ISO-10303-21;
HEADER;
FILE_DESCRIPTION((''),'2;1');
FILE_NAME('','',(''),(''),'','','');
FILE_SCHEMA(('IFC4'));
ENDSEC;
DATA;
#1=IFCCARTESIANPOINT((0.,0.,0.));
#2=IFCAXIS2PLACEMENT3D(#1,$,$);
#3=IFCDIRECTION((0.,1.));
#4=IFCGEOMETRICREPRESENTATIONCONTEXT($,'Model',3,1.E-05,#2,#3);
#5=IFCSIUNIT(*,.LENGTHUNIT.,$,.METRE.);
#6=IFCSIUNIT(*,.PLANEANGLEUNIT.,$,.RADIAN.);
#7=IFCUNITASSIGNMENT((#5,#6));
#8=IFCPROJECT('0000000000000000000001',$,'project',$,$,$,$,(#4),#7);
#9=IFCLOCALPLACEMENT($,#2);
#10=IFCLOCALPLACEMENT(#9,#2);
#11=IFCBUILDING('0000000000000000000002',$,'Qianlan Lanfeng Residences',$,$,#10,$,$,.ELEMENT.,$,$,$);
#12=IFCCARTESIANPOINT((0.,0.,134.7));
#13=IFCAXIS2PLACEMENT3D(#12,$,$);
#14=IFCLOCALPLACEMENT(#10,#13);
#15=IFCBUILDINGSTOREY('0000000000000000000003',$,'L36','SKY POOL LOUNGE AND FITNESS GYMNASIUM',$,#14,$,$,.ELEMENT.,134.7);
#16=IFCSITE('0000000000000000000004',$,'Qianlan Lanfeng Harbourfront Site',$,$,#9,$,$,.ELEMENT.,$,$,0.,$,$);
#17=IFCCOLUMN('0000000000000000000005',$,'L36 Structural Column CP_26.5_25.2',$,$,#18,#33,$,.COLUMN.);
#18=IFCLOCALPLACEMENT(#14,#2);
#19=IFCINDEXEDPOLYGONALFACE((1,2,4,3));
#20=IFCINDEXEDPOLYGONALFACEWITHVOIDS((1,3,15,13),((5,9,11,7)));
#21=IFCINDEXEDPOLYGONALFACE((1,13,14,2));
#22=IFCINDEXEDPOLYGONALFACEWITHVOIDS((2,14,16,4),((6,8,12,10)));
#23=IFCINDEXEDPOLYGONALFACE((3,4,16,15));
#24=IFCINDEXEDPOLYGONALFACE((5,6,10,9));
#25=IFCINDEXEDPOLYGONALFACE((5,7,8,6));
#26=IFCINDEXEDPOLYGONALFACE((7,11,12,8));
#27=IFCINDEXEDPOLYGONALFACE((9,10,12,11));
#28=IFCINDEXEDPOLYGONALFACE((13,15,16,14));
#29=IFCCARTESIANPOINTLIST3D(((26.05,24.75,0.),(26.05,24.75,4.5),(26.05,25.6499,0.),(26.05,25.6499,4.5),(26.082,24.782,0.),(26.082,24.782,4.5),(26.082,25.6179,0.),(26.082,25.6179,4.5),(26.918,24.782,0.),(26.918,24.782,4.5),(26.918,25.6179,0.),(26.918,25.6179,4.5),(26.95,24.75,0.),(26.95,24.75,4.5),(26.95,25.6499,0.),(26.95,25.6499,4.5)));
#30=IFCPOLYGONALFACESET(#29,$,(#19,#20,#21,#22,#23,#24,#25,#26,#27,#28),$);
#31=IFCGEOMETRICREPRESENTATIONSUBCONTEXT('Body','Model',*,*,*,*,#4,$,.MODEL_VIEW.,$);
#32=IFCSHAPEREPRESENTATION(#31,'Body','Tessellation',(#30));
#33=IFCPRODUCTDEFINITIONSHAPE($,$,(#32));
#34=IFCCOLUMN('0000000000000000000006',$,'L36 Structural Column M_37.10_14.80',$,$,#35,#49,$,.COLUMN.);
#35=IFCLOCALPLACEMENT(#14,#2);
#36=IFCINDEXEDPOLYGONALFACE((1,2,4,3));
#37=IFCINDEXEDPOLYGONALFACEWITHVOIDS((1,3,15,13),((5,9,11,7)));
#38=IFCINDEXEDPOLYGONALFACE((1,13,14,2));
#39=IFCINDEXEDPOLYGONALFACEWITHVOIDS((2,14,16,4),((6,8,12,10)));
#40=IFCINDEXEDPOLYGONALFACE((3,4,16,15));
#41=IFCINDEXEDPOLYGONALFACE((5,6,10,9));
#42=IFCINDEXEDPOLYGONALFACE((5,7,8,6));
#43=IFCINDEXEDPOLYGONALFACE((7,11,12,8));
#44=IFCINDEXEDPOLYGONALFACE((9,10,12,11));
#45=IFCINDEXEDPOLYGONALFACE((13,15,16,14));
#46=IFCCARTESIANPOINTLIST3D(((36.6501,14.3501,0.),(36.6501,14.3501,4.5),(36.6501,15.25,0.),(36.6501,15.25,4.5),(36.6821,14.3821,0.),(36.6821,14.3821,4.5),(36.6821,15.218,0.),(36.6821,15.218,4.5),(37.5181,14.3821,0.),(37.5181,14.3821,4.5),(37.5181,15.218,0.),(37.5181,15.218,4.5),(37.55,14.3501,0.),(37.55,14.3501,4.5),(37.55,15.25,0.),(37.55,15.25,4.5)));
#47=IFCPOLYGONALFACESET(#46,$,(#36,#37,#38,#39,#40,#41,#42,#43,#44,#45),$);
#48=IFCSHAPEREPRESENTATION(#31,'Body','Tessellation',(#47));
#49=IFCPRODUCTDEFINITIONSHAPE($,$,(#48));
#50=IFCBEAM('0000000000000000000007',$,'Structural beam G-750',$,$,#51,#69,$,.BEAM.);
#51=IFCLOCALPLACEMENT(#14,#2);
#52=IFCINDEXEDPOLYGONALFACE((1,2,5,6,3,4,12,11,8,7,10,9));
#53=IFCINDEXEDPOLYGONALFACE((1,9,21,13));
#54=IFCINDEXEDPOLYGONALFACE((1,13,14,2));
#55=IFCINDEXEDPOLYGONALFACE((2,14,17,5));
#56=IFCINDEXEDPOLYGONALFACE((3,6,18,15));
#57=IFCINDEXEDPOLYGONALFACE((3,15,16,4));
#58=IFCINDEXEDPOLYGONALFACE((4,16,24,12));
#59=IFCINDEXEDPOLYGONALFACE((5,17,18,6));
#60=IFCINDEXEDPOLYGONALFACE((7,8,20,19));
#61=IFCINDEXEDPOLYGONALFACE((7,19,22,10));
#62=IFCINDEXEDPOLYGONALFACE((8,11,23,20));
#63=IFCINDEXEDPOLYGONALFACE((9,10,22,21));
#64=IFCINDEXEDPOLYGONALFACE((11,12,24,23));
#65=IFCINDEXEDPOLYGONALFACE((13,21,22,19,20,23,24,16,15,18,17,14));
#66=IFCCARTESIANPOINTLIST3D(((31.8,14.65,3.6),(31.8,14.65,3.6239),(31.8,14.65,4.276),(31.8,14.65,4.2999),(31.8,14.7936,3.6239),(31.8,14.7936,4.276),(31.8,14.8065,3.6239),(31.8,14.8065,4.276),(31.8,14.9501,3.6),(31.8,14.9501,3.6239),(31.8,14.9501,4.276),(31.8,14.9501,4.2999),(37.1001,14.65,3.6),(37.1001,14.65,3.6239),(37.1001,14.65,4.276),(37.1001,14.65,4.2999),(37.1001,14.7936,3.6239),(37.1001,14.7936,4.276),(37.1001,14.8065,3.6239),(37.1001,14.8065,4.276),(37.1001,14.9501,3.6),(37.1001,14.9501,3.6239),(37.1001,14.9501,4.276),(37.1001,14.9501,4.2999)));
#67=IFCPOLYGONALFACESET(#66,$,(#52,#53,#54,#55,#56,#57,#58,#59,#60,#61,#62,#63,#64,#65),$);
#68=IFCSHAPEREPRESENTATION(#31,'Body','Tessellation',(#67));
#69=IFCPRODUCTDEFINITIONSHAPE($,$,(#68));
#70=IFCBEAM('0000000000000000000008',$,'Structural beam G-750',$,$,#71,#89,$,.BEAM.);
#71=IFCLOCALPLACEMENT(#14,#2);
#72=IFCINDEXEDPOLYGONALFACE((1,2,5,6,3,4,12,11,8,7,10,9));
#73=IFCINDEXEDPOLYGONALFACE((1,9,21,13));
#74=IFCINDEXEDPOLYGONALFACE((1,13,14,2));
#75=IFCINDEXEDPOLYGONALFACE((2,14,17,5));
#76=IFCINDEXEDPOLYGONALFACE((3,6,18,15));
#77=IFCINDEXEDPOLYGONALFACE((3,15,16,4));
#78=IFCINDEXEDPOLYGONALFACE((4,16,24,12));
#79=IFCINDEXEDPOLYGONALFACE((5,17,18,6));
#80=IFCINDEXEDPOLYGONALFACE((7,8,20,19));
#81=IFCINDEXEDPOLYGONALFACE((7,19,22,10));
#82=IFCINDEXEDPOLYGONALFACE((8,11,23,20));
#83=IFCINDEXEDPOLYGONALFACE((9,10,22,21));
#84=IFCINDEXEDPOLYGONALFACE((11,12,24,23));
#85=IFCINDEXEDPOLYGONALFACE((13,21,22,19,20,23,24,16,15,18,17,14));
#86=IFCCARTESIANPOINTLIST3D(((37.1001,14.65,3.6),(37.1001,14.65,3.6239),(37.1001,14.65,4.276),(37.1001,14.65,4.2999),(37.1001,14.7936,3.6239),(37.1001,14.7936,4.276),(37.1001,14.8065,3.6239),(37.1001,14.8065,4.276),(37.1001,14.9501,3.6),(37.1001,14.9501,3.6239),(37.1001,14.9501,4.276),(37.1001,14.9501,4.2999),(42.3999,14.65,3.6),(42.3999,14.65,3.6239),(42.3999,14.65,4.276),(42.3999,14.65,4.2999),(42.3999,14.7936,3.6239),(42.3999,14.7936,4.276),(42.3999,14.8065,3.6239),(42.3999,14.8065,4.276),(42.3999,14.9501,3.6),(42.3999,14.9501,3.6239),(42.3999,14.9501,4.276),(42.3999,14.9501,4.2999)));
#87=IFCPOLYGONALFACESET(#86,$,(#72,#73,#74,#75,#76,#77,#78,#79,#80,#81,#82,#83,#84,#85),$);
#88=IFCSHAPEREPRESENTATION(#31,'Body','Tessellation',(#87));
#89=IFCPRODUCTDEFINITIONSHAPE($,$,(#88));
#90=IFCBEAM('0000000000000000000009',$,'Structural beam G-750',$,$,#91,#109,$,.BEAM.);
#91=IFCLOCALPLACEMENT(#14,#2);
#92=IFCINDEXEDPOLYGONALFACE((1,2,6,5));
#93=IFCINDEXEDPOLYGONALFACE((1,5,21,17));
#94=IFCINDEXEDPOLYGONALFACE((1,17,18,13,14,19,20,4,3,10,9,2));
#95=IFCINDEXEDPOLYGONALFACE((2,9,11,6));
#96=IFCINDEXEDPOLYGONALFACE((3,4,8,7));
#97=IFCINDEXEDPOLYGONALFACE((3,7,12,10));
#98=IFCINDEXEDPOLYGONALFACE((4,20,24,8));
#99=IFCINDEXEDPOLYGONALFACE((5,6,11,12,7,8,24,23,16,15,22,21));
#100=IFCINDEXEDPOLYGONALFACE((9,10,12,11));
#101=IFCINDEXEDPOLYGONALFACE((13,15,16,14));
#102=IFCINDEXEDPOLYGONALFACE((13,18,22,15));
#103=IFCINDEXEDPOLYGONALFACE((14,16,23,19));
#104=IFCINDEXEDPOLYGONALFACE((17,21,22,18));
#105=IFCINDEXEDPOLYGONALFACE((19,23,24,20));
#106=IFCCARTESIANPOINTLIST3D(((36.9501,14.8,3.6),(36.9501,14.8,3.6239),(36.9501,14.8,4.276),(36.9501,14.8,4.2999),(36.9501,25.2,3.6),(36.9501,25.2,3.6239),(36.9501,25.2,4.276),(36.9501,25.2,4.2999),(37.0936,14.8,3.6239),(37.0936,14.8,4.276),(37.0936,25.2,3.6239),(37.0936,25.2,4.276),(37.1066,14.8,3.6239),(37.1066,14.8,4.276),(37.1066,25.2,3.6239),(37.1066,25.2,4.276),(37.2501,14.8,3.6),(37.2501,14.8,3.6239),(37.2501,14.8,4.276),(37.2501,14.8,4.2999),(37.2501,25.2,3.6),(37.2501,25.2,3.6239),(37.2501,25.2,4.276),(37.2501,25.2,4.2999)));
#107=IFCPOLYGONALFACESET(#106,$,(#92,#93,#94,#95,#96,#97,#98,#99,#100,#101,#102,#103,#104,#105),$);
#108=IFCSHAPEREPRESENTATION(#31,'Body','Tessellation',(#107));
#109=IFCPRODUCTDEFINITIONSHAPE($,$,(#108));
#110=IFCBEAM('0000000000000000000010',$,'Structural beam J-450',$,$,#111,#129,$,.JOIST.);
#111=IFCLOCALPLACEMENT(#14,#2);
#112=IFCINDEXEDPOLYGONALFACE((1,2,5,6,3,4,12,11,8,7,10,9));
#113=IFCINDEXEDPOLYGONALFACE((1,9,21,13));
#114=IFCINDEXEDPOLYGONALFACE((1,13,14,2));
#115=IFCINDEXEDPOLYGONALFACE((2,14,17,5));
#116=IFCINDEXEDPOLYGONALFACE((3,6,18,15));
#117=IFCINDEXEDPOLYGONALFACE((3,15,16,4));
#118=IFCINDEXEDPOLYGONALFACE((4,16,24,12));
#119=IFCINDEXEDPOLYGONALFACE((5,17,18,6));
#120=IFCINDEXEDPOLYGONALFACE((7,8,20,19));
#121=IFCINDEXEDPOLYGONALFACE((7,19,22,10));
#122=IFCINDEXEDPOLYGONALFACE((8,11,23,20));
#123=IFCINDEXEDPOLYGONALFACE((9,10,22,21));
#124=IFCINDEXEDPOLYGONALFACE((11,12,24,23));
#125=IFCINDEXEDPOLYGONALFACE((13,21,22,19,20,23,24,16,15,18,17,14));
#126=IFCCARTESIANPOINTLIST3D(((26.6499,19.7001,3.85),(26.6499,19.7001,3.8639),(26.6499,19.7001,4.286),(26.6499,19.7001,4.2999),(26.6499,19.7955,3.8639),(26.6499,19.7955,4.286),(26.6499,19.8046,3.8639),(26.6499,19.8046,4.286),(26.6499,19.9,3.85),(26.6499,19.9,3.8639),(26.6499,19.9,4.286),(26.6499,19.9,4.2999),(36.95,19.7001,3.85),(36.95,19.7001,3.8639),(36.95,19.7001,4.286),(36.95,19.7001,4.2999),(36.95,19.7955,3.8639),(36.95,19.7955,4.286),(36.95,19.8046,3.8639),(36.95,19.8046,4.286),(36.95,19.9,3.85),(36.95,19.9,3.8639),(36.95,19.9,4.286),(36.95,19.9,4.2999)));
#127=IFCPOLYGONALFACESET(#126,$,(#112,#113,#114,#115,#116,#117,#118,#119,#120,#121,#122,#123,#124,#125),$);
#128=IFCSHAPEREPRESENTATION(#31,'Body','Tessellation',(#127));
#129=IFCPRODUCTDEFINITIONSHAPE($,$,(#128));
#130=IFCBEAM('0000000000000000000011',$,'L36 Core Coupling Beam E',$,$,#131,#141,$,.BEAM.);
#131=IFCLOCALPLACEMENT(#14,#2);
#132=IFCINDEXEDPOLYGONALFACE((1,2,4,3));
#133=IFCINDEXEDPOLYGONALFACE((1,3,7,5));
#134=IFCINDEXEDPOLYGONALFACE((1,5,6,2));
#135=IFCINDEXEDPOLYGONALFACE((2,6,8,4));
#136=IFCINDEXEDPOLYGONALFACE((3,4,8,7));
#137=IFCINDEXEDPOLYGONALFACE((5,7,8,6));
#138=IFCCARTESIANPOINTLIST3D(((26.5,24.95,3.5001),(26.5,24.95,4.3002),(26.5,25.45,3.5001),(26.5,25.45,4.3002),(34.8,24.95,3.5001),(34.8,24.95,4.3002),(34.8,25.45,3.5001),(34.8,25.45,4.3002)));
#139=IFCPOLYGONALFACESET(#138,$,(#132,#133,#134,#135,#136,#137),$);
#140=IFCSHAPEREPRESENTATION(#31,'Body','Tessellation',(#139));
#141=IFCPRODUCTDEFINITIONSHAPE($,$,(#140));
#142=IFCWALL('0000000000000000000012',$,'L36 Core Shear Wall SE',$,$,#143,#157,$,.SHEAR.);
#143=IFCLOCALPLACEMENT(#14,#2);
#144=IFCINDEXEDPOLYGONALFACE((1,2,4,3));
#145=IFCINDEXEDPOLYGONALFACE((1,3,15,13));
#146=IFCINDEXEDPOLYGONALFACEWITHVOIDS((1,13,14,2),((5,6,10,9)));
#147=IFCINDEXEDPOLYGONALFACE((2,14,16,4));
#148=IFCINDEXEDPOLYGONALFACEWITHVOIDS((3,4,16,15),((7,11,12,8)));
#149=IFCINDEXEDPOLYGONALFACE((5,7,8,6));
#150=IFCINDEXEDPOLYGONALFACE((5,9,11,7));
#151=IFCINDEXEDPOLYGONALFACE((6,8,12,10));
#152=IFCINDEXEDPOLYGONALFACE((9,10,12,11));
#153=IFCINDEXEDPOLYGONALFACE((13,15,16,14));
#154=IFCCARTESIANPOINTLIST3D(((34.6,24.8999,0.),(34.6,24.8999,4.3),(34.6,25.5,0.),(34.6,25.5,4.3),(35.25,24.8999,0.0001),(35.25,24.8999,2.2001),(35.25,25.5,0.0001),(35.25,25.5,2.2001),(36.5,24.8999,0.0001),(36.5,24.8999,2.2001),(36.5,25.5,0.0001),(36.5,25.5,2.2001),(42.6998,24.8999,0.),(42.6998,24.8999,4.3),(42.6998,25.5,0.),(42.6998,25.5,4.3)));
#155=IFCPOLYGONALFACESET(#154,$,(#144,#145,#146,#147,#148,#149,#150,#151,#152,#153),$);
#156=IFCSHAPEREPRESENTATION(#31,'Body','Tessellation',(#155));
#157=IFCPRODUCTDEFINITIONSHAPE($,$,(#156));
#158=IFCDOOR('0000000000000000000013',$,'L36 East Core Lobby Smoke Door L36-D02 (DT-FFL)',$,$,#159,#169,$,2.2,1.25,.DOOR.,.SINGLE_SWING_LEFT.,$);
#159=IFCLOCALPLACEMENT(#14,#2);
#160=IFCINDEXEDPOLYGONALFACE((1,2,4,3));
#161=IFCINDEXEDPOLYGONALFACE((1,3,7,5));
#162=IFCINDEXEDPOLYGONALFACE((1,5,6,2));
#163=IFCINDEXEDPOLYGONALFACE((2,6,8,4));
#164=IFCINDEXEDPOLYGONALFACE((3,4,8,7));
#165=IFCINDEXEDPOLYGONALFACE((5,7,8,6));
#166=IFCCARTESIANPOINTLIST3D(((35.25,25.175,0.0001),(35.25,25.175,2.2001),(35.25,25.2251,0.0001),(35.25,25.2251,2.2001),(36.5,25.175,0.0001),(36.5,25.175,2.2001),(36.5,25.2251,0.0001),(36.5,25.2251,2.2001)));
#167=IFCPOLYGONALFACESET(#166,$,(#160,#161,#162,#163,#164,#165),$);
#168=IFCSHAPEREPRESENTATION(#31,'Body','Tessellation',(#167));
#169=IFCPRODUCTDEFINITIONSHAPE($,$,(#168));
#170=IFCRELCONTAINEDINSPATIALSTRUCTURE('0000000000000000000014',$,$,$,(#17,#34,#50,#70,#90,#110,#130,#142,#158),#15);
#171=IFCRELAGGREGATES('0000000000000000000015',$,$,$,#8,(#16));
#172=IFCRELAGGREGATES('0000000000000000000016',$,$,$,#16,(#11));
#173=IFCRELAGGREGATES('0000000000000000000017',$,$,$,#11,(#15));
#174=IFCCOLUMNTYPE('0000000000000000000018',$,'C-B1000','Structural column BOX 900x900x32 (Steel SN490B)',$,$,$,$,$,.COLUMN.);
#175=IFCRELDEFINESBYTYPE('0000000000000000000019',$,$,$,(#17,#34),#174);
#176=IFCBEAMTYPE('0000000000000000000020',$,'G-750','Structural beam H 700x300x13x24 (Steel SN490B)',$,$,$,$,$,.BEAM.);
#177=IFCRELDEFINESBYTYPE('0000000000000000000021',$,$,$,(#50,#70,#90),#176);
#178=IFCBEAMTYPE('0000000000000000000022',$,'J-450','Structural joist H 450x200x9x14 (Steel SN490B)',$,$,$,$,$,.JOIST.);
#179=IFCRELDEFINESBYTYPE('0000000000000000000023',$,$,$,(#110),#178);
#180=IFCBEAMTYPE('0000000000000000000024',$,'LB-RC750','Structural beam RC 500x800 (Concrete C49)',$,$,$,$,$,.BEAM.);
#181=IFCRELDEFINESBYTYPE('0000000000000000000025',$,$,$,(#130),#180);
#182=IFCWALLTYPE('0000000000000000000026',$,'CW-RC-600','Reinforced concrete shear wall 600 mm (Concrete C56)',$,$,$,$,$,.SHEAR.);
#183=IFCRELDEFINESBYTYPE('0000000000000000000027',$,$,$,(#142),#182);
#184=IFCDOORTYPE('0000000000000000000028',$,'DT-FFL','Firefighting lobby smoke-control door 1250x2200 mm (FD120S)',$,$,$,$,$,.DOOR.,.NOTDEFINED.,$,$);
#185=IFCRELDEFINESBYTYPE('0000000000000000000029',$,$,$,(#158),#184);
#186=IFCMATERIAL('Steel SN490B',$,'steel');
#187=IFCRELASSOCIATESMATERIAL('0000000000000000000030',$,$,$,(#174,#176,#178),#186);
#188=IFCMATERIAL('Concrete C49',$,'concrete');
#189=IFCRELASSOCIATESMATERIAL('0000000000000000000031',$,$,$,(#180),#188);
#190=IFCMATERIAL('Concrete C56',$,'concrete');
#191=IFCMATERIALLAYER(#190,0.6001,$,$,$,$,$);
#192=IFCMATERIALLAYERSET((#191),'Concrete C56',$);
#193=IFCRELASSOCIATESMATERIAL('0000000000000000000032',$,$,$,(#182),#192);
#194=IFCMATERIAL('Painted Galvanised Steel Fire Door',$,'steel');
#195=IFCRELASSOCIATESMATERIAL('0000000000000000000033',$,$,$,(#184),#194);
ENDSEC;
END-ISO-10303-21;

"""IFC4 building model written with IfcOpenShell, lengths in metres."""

from ifc_helpers import new_model, si_unit, direction, frame, frame_2d, origin, origin_2d, place, context, subcontext, project, spatial, rectangle, hollow_rectangle, i_section, extrude, material, layer, layer_set, material_profile, profile_set, type_object, element, fill, save


model = new_model("IFC4")

# Units and contexts
model_context = context("Model", 3, precision=1e-05, world=origin(), true_north=direction((0.0, 1.0)))
body_context = subcontext(model_context, "Body", "Model", "MODEL_VIEW")
ifc_project = project(units=[si_unit("LENGTHUNIT", "METRE"), si_unit("PLANEANGLEUNIT", "RADIAN")], contexts=[model_context])

# Site, building, storey
site_placement = place(None, origin())
site = spatial("IfcSite", under=ifc_project, at=site_placement, Name="Qianlan Lanfeng Harbourfront Site", CompositionType="ELEMENT", RefElevation=0.0)
building_placement = place(site_placement, origin())
building = spatial("IfcBuilding", under=site, at=building_placement, Name="Qianlan Lanfeng Residences", CompositionType="ELEMENT")
storey_placement = place(building_placement, frame((0.0, 0.0, 134.7)))
storey = spatial("IfcBuildingStorey", under=building, at=storey_placement, Name="L36", Description="SKY POOL LOUNGE AND FITNESS GYMNASIUM", CompositionType="ELEMENT", Elevation=134.7)

# Columns
ifc_material_1 = material(Name="Steel SN490B", Category="steel")
ifc_material_profile_1 = material_profile(ifc_material_1, hollow_rectangle(XDim=0.8999, YDim=0.8999, WallThickness=0.032, at=origin_2d()), Name="BOX 900x900x32")
ifc_profile_set_1 = profile_set([ifc_material_profile_1], Name="Steel SN490B")
column_type = type_object("IfcColumnType", Name="C-B1000", Description="Structural column BOX 900x900x32 (Steel SN490B)", PredefinedType="COLUMN", material=ifc_profile_set_1)
for number, where, z_axis, x_axis, name in (
    (1, (26.5, 25.2, 0.0), (0.0, 0.0, 1.0), (1.0, 0.0, 0.0), "L36 Structural Column CP_26.5_25.2"),
    (2, (37.1001, 14.8, 0.0), (0.0, 0.0, 1.0), (1.0, 0.0, 0.0), "L36 Structural Column M_37.10_14.80"),
):
    element("IfcColumn", number, at=place(storey_placement, frame(where, z_axis=z_axis, x_axis=x_axis)), inside=storey, type_object=column_type, Name=name, PredefinedType="COLUMN", context=body_context, shape_type="SweptSolid", body=[
        extrude(hollow_rectangle(XDim=0.8999, YDim=0.8999, WallThickness=0.032, at=origin_2d()), origin(), (0.0, 0.0, 1.0), 4.5),
    ])

# Beams
ifc_material_profile_2 = material_profile(ifc_material_1, i_section(OverallWidth=0.3, OverallDepth=0.7, WebThickness=0.0129, FlangeThickness=0.0239, at=origin_2d()), Name="H 700x300x13x24")
ifc_profile_set_2 = profile_set([ifc_material_profile_2], Name="Steel SN490B")
beam_type_1 = type_object("IfcBeamType", Name="G-750", Description="Structural beam H 700x300x13x24 (Steel SN490B)", PredefinedType="BEAM", material=ifc_profile_set_2)
beam_1_placement = place(storey_placement, frame((31.8, 14.8, 3.95), z_axis=(1.0, 0.0, 0.0), x_axis=(0.0, 1.0, 0.0)))
element("IfcBeam", 3, at=beam_1_placement, inside=storey, type_object=beam_type_1, Name="Structural beam G-750", PredefinedType="BEAM", context=body_context, shape_type="SweptSolid", body=[
    extrude(i_section(OverallWidth=0.3, OverallDepth=0.7, WebThickness=0.0129, FlangeThickness=0.0239, at=origin_2d()), origin(), (0.0, 0.0, 1.0), 5.3),
])
beam_2_placement = place(storey_placement, frame((37.1001, 14.8, 3.95), z_axis=(1.0, 0.0, 0.0), x_axis=(0.0, 1.0, 0.0)))
element("IfcBeam", 4, at=beam_2_placement, inside=storey, type_object=beam_type_1, Name="Structural beam G-750", PredefinedType="BEAM", context=body_context, shape_type="SweptSolid", body=[
    extrude(i_section(OverallWidth=0.3, OverallDepth=0.7, WebThickness=0.0129, FlangeThickness=0.0239, at=origin_2d()), origin(), (0.0, 0.0, 1.0), 5.2998),
])
beam_3_placement = place(storey_placement, frame((37.1001, 14.8, 3.95), z_axis=(0.0, 1.0, 0.0), x_axis=(-1.0, 0.0, 0.0)))
element("IfcBeam", 5, at=beam_3_placement, inside=storey, type_object=beam_type_1, Name="Structural beam G-750", PredefinedType="BEAM", context=body_context, shape_type="SweptSolid", body=[
    extrude(i_section(OverallWidth=0.3, OverallDepth=0.7, WebThickness=0.0129, FlangeThickness=0.0239, at=origin_2d()), origin(), (0.0, 0.0, 1.0), 10.3999),
])
ifc_material_profile_3 = material_profile(ifc_material_1, i_section(OverallWidth=0.2, OverallDepth=0.45, WebThickness=0.009, FlangeThickness=0.0139, at=origin_2d()), Name="H 450x200x9x14")
ifc_profile_set_3 = profile_set([ifc_material_profile_3], Name="Steel SN490B")
beam_type_2 = type_object("IfcBeamType", Name="J-450", Description="Structural joist H 450x200x9x14 (Steel SN490B)", PredefinedType="JOIST", material=ifc_profile_set_3)
beam_4_placement = place(storey_placement, frame((26.6499, 19.8, 4.075), z_axis=(1.0, 0.0, 0.0), x_axis=(0.0, 1.0, 0.0)))
element("IfcBeam", 6, at=beam_4_placement, inside=storey, type_object=beam_type_2, Name="Structural beam J-450", PredefinedType="JOIST", context=body_context, shape_type="SweptSolid", body=[
    extrude(i_section(OverallWidth=0.2, OverallDepth=0.45, WebThickness=0.009, FlangeThickness=0.0139, at=origin_2d()), origin(), (0.0, 0.0, 1.0), 10.3),
])
ifc_material_2 = material(Name="Concrete C49", Category="concrete")
ifc_material_profile_4 = material_profile(ifc_material_2, rectangle(XDim=0.5, YDim=0.8, at=origin_2d()), Name="RC 500x800")
ifc_profile_set_4 = profile_set([ifc_material_profile_4], Name="Concrete C49")
beam_type_3 = type_object("IfcBeamType", Name="LB-RC750", Description="Structural beam RC 500x800 (Concrete C49)", PredefinedType="BEAM", material=ifc_profile_set_4)
beam_5_placement = place(storey_placement, frame((26.5, 25.2, 3.9001), z_axis=(1.0, 0.0, 0.0), x_axis=(0.0, 1.0, 0.0)))
element("IfcBeam", 7, at=beam_5_placement, inside=storey, type_object=beam_type_3, Name="L36 Core Coupling Beam E", PredefinedType="BEAM", context=body_context, shape_type="SweptSolid", body=[
    extrude(rectangle(XDim=0.5, YDim=0.8, at=origin_2d()), origin(), (0.0, 0.0, 1.0), 8.3),
])

# Wall, opening, door
ifc_material_3 = material(Name="Concrete C56", Category="concrete")
ifc_layer_1 = layer(ifc_material_3, 0.6001)
ifc_layer_set_1 = layer_set([ifc_layer_1], Name="Concrete C56")
wall_type_1 = type_object("IfcWallType", Name="CW-RC-600", Description="Reinforced concrete shear wall 600 mm (Concrete C56)", PredefinedType="SHEAR", material=ifc_layer_set_1)
wall_1_placement = place(storey_placement, frame((34.6001, 25.2, 0.0), z_axis=(0.0, 0.0, 1.0), x_axis=(1.0, 0.0, 0.0)))
wall_1 = element("IfcWall", 8, at=wall_1_placement, inside=storey, type_object=wall_type_1, Name="L36 Core Shear Wall SE", PredefinedType="SHEAR", context=body_context, shape_type="SweptSolid", body=[
    extrude(rectangle(XDim=8.0999, YDim=0.6001, at=frame_2d((4.0498, 0.0))), origin(), (0.0, 0.0, 1.0), 4.3),
])
opening_1_placement = place(wall_1_placement, frame((0.6499, 0.0, 0.0)))
opening_1 = element("IfcOpeningElement", 9, at=opening_1_placement, cuts=wall_1, PredefinedType="OPENING", context=body_context, shape_type="SweptSolid", body=[
    extrude(rectangle(XDim=1.25, YDim=2.2, at=frame_2d((0.625, 1.1001))), frame((0.0, 0.3101, 0.0), z_axis=(0.0, -1.0, 0.0), x_axis=(1.0, 0.0, 0.0)), (0.0, 0.0, 1.0), 0.6201),
])
ifc_material_4 = material(Name="Painted Galvanised Steel Fire Door", Category="steel")
door_type_1 = type_object("IfcDoorType", Name="DT-FFL", Description="Firefighting lobby smoke-control door 1250x2200 mm (FD120S)", OperationType="NOTDEFINED", PredefinedType="DOOR", material=ifc_material_4)
door_1_placement = place(opening_1_placement, frame((1.25, 0.0, 0.0), z_axis=(0.0, 0.0, 1.0), x_axis=(-1.0, 0.0, 0.0)))
door_1 = element("IfcDoor", 10, at=door_1_placement, inside=storey, type_object=door_type_1, Name="L36 East Core Lobby Smoke Door L36-D02 (DT-FFL)", OperationType="SINGLE_SWING_LEFT", OverallHeight=2.2, OverallWidth=1.25, PredefinedType="DOOR", context=body_context, shape_type="SweptSolid", body=[
    extrude(rectangle(XDim=1.25, YDim=2.2, at=frame_2d((0.625, 1.1001))), frame((0.0, 0.0249, 0.0), z_axis=(0.0, -1.0, 0.0), x_axis=(1.0, 0.0, 0.0)), (0.0, 0.0, 1.0), 0.05),
])
fill(opening_1, door_1)

save(model, "model.ifc")
